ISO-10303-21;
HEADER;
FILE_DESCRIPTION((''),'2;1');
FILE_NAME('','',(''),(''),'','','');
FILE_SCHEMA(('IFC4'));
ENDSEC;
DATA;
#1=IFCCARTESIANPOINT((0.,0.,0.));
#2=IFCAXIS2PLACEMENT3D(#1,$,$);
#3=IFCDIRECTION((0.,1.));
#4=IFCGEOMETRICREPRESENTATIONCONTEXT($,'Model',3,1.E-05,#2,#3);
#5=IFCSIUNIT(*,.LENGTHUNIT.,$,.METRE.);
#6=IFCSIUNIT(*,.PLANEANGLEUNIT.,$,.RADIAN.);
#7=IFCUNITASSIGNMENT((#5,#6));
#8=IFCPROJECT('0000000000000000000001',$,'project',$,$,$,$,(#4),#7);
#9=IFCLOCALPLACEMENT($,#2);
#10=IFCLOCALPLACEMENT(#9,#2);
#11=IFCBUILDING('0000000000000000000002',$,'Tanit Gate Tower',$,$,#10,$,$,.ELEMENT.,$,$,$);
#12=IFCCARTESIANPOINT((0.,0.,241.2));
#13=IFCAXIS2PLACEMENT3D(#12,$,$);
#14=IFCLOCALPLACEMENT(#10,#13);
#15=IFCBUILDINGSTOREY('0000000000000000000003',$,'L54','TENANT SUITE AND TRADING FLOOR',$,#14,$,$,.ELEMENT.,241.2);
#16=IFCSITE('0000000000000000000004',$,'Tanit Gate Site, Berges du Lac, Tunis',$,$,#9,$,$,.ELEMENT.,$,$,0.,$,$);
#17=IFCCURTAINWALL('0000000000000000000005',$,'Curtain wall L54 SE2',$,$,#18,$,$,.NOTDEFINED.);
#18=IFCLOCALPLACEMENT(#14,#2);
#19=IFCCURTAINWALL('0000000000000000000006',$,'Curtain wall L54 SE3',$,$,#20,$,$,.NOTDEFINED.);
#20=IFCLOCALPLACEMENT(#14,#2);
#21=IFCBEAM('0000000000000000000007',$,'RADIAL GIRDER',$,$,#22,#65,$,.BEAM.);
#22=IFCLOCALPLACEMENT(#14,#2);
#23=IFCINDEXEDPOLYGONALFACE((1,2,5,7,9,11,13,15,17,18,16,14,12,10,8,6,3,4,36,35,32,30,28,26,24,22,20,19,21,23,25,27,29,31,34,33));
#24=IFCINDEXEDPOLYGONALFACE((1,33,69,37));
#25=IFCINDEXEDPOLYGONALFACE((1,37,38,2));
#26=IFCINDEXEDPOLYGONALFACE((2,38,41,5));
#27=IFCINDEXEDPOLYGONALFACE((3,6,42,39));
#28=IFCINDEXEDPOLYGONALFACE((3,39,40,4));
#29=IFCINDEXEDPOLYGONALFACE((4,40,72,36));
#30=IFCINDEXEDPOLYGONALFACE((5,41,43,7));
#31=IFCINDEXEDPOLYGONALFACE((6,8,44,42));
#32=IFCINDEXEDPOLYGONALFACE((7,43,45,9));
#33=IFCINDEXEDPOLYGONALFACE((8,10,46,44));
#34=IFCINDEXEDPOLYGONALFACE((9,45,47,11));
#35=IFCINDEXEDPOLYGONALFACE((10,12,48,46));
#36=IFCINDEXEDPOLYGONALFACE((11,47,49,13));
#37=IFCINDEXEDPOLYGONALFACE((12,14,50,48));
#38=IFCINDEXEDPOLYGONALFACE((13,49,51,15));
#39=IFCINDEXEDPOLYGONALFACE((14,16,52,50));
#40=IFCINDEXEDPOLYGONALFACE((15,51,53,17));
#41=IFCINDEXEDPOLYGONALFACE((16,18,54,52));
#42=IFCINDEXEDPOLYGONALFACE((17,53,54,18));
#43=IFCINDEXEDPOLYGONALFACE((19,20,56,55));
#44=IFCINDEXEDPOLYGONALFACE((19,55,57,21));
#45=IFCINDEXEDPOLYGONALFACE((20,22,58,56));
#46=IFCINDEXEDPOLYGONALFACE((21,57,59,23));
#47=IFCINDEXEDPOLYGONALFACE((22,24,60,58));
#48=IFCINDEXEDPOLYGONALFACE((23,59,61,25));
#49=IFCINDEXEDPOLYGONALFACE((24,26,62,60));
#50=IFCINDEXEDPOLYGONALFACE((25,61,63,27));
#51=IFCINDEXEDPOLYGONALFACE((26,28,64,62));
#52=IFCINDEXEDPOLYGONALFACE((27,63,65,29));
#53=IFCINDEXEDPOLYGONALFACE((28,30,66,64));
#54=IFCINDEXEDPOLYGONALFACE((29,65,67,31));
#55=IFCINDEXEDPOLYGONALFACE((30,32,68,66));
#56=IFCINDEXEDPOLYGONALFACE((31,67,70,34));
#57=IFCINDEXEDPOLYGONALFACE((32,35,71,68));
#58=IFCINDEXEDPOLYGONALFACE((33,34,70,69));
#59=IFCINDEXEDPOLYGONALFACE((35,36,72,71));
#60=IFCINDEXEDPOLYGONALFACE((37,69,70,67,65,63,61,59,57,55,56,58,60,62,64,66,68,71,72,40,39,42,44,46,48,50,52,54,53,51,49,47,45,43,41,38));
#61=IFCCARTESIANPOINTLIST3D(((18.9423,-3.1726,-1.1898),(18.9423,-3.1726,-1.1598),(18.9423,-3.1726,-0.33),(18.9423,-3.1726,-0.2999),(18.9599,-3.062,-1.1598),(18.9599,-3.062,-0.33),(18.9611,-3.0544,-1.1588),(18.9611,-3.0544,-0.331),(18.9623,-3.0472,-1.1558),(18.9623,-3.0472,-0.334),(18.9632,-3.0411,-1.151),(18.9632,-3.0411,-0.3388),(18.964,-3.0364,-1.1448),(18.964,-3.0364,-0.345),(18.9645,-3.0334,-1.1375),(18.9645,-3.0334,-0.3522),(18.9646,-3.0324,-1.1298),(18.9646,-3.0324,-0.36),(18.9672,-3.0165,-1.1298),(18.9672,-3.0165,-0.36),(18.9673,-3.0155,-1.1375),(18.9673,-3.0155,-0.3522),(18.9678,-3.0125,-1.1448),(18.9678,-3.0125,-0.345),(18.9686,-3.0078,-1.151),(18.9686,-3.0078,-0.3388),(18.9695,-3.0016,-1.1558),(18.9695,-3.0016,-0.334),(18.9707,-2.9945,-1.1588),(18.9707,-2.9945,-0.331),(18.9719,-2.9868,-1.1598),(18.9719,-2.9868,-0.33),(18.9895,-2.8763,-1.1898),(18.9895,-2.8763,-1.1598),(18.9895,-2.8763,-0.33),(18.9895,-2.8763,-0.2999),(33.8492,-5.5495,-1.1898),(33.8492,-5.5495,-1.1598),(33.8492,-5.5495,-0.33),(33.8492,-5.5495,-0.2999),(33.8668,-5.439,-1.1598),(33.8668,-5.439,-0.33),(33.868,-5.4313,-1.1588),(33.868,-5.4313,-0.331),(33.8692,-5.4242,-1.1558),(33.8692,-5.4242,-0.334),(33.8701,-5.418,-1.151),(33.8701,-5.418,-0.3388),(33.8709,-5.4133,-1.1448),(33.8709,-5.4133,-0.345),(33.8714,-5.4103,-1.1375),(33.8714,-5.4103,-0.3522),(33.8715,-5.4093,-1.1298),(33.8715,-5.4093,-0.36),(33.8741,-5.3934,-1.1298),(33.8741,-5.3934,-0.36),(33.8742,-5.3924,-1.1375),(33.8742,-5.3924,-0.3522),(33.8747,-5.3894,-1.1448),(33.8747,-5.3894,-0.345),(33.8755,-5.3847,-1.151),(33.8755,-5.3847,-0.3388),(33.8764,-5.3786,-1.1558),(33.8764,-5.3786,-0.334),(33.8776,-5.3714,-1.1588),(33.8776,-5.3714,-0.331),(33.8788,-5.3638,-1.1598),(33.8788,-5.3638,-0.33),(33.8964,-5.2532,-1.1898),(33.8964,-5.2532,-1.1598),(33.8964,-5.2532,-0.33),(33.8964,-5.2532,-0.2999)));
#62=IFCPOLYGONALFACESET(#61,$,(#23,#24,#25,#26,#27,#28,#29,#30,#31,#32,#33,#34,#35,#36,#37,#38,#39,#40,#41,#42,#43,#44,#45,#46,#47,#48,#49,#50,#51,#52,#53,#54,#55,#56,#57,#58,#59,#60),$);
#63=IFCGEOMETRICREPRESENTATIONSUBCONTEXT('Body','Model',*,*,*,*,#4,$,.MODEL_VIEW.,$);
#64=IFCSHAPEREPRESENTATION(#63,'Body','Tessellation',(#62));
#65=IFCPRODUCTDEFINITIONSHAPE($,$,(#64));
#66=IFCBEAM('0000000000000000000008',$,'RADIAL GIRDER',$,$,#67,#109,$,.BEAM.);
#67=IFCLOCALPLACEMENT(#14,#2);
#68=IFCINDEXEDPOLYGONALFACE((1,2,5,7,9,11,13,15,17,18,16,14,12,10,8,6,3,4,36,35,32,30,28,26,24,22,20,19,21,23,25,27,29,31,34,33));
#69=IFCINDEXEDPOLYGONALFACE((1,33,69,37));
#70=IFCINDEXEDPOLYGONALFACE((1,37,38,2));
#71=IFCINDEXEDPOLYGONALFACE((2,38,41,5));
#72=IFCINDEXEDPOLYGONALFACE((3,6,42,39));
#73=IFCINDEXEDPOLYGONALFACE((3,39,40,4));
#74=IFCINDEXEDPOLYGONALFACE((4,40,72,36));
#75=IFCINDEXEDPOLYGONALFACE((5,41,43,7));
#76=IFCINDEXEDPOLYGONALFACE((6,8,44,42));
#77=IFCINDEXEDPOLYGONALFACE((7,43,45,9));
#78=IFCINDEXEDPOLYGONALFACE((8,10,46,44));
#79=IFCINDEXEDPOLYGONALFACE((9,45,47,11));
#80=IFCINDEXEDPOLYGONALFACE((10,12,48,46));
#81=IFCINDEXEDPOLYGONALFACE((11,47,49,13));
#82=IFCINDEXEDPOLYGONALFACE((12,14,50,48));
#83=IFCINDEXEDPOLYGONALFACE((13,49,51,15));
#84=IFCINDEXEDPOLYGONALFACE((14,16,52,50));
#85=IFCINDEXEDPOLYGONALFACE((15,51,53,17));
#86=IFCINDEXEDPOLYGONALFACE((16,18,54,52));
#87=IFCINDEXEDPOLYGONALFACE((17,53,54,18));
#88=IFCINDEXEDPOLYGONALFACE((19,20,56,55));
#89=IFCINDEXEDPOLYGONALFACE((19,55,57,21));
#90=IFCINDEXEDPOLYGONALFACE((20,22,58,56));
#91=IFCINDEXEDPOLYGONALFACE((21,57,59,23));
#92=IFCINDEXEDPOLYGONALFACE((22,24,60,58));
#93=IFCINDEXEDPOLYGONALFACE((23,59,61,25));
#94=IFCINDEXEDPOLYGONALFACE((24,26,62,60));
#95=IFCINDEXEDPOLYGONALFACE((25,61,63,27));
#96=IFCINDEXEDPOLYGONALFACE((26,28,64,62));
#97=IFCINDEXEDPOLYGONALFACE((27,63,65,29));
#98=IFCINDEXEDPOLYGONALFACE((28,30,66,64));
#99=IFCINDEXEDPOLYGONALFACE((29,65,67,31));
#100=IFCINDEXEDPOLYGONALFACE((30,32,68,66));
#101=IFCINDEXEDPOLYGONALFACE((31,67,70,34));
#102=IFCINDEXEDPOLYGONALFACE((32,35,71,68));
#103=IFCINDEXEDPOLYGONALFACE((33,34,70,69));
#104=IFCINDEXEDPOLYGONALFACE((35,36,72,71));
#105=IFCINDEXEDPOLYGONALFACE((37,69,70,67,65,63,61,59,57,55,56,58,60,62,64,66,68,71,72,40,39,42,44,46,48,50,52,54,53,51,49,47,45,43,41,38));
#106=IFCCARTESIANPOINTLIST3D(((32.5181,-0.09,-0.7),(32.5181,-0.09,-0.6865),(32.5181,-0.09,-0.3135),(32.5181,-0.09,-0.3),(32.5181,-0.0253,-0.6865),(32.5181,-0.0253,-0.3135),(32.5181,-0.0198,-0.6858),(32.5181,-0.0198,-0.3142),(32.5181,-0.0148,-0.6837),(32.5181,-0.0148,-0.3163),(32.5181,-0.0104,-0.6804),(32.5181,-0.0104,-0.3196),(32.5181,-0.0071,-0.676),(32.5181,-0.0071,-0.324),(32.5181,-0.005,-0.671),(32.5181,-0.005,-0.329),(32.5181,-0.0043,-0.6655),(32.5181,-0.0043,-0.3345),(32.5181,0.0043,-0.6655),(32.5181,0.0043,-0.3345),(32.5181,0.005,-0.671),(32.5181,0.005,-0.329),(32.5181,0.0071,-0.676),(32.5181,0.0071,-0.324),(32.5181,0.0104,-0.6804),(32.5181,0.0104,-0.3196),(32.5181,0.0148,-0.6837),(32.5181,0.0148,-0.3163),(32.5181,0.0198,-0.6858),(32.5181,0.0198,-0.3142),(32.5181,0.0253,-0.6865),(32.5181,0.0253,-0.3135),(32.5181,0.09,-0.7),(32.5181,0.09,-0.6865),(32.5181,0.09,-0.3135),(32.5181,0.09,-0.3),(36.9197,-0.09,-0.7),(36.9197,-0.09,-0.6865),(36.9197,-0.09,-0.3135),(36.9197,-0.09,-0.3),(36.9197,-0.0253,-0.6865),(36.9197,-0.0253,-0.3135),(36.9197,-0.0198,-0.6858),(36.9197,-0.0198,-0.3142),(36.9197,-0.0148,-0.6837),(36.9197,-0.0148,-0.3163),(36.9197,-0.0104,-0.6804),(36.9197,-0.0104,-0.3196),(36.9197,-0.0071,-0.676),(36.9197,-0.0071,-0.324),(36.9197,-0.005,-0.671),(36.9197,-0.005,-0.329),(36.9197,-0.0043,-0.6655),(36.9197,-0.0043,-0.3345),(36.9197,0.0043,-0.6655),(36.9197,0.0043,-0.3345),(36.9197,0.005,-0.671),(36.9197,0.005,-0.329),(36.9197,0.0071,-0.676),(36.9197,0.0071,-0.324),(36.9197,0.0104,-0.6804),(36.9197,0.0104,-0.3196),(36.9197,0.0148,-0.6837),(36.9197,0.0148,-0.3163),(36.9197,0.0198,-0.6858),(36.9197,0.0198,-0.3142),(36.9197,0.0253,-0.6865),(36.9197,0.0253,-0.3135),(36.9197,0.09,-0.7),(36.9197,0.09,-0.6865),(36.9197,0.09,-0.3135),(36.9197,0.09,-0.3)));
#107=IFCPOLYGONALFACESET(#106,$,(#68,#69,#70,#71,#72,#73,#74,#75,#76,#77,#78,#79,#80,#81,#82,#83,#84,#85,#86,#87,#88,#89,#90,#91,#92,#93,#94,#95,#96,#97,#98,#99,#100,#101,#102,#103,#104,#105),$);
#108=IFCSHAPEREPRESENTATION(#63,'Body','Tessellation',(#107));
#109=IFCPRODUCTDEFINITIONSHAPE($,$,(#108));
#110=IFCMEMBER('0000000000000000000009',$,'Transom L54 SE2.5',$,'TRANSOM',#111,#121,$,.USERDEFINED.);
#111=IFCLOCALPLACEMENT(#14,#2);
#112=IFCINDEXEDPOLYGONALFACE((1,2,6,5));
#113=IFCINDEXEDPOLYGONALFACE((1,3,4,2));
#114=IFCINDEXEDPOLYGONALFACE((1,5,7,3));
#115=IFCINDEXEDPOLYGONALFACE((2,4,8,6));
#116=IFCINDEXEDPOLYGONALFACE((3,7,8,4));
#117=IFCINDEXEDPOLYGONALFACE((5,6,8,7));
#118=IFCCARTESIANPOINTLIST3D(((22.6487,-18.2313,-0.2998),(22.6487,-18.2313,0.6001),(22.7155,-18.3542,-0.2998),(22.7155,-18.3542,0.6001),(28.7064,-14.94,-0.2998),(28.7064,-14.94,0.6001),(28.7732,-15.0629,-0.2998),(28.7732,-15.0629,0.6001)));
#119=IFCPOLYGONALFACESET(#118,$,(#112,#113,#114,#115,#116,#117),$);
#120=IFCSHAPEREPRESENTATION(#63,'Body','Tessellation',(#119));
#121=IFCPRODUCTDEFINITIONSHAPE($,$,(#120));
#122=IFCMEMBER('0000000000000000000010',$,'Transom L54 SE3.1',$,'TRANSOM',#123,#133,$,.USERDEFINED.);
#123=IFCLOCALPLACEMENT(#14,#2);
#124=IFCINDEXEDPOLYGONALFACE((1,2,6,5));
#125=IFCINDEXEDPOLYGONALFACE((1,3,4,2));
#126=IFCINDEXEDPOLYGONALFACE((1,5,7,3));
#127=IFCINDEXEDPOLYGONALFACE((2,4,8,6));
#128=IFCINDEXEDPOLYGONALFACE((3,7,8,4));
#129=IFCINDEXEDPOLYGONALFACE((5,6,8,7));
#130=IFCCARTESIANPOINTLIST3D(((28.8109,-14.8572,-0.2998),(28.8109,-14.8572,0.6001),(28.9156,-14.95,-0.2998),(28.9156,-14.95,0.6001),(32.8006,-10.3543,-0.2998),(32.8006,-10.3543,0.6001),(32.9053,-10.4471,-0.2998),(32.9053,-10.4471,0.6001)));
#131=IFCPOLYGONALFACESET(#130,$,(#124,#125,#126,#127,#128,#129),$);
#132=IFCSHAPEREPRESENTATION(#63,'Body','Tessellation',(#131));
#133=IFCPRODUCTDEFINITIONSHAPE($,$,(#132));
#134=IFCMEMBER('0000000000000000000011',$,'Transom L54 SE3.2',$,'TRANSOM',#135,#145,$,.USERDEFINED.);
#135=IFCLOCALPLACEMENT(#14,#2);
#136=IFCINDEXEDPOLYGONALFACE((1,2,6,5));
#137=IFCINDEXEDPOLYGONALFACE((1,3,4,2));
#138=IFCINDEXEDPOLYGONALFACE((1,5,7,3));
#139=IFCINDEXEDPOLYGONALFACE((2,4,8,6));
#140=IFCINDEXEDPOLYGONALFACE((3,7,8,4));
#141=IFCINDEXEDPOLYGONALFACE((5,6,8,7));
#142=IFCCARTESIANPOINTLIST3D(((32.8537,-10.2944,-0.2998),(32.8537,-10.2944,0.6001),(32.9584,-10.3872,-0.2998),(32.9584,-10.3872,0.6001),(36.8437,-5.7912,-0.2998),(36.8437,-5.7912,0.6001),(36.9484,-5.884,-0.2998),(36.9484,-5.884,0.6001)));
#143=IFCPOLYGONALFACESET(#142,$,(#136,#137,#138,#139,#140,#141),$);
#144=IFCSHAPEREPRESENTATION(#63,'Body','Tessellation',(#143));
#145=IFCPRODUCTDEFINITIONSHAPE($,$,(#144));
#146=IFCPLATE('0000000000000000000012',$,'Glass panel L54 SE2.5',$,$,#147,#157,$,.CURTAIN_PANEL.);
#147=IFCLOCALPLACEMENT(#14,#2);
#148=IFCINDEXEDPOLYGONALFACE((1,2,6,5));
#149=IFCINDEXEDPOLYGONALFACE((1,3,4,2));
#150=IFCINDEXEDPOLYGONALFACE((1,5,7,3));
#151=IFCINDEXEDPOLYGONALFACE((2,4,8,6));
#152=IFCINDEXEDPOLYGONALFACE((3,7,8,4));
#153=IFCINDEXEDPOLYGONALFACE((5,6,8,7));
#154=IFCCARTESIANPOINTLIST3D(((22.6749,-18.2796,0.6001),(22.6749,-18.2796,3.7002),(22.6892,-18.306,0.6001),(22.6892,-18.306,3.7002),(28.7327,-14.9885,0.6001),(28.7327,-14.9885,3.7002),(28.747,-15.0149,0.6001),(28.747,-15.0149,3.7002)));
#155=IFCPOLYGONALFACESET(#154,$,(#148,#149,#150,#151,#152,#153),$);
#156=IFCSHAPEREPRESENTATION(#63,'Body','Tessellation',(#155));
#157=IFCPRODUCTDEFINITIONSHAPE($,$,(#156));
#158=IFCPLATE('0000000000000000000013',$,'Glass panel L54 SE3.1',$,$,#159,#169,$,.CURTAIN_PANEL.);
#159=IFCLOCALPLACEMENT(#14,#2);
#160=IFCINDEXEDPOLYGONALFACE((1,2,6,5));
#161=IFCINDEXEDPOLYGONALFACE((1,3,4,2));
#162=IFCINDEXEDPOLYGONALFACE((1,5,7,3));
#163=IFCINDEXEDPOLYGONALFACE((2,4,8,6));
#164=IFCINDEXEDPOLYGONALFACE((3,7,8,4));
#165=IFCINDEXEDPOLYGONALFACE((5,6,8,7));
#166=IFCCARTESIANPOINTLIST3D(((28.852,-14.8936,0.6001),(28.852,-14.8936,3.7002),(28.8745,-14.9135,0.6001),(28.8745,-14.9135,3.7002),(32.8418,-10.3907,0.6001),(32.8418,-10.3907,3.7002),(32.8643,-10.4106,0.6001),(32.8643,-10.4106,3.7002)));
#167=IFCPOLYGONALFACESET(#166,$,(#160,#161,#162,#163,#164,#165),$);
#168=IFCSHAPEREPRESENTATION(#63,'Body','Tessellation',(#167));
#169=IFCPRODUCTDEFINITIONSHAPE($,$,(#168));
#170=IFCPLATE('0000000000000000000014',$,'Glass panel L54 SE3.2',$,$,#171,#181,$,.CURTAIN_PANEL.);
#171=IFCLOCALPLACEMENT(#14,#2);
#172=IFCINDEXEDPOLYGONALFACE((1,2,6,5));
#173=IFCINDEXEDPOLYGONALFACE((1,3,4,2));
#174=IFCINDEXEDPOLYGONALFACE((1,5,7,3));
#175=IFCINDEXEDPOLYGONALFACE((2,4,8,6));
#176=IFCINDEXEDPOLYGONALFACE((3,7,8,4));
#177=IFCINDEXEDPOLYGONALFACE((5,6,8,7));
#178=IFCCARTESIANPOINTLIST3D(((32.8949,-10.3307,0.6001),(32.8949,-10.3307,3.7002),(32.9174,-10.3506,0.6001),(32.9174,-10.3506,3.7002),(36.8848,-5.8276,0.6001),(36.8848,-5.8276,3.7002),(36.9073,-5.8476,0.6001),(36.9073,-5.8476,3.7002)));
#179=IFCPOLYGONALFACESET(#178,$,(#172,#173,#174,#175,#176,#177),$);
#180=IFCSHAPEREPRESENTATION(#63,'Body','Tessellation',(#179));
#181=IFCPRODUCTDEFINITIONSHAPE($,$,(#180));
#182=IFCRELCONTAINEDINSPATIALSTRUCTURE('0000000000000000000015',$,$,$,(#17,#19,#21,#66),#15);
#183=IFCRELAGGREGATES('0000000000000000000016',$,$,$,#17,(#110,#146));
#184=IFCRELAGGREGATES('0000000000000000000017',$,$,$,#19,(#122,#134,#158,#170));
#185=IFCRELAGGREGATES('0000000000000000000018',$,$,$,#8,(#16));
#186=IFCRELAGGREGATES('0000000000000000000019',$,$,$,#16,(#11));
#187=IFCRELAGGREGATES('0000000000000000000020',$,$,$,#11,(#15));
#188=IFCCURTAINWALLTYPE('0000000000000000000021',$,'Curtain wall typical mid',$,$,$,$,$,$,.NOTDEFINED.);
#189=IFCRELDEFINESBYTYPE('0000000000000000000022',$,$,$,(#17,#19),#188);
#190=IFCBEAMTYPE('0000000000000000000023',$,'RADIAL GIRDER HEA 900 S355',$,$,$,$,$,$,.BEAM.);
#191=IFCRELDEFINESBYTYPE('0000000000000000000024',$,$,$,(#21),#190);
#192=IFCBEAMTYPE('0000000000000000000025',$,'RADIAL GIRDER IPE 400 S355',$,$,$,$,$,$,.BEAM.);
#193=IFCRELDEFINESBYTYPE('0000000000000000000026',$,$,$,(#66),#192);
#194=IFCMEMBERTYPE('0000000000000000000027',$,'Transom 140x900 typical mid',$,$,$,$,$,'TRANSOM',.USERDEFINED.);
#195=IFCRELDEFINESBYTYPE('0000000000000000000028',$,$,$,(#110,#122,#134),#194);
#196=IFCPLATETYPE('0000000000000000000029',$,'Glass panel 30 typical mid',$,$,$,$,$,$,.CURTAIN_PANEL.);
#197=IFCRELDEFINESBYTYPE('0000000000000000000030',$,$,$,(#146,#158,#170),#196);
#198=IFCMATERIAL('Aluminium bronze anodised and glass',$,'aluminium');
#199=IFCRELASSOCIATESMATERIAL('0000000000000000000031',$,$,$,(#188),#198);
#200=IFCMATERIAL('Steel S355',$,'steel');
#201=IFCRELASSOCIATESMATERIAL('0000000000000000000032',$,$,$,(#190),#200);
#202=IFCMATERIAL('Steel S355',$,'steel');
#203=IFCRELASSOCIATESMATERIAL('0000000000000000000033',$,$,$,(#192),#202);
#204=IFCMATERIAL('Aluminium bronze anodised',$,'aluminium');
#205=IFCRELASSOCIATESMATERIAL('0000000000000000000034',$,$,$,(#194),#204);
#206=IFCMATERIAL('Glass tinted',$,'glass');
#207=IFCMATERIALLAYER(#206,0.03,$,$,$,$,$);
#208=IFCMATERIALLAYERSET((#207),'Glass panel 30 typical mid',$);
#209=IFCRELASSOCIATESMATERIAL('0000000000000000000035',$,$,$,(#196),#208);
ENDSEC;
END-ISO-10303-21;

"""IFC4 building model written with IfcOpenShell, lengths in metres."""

from ifc_helpers import new_model, si_unit, direction, frame, origin, origin_2d, place, context, subcontext, project, spatial, rectangle, i_section, extrude, material, layer, layer_set, material_profile, profile_set, type_object, element, aggregate, save


model = new_model("IFC4")

# Units and contexts
model_context = context("Model", 3, precision=1e-05, world=origin(), true_north=direction((0.0, 1.0)))
body_context = subcontext(model_context, "Body", "Model", "MODEL_VIEW")
ifc_project = project(units=[si_unit("LENGTHUNIT", "METRE"), si_unit("PLANEANGLEUNIT", "RADIAN")], contexts=[model_context])

# Site, building, storey
site_placement = place(None, origin())
site = spatial("IfcSite", under=ifc_project, at=site_placement, Name="Tanit Gate Site, Berges du Lac, Tunis", CompositionType="ELEMENT", RefElevation=0.0)
building_placement = place(site_placement, origin())
building = spatial("IfcBuilding", under=site, at=building_placement, Name="Tanit Gate Tower", CompositionType="ELEMENT")
storey_placement = place(building_placement, frame((0.0, 0.0, 241.2)))
storey = spatial("IfcBuildingStorey", under=building, at=storey_placement, Name="L54", Description="TENANT SUITE AND TRADING FLOOR", CompositionType="ELEMENT", Elevation=241.2)

# Curtain wall
ifc_material_1 = material(Name="Aluminium bronze anodised and glass", Category="aluminium")
curtain_wall_type = type_object("IfcCurtainWallType", Name="Curtain wall typical mid", PredefinedType="NOTDEFINED", material=ifc_material_1)
curtain_wall_1_placement = place(storey_placement, origin())
curtain_wall_1 = element("IfcCurtainWall", 1, at=curtain_wall_1_placement, inside=storey, type_object=curtain_wall_type, Name="Curtain wall L54 SE2", PredefinedType="NOTDEFINED")

# Curtain wall
curtain_wall_2_placement = place(storey_placement, origin())
curtain_wall_2 = element("IfcCurtainWall", 2, at=curtain_wall_2_placement, inside=storey, type_object=curtain_wall_type, Name="Curtain wall L54 SE3", PredefinedType="NOTDEFINED")

# Beams
ifc_material_2 = material(Name="Steel S355", Category="steel")
ifc_material_profile_1 = material_profile(ifc_material_2, i_section(OverallWidth=0.3, OverallDepth=0.8899, WebThickness=0.0161, FlangeThickness=0.03, FilletRadius=0.03, at=origin_2d()), Name="HEA 900")
ifc_profile_set_1 = profile_set([ifc_material_profile_1], Name="Steel S355")
beam_type_1 = type_object("IfcBeamType", Name="RADIAL GIRDER HEA 900 S355", PredefinedType="BEAM", material=ifc_profile_set_1)
beam_1_placement = place(storey_placement, frame((33.8728, -5.4014, -0.7449), z_axis=(-0.987525, 0.157463, 0.0), x_axis=(-0.157463, -0.987525, 0.0)))
element("IfcBeam", 3, at=beam_1_placement, inside=storey, type_object=beam_type_1, Name="RADIAL GIRDER", PredefinedType="BEAM", context=body_context, shape_type="SweptSolid", body=[
    extrude(i_section(OverallWidth=0.3, OverallDepth=0.8899, WebThickness=0.0161, FlangeThickness=0.03, FilletRadius=0.03, at=origin_2d()), origin(), (0.0, 0.0, 1.0), 15.0952),
])
ifc_material_3 = material(Name="Steel S355", Category="steel")
ifc_material_profile_2 = material_profile(ifc_material_3, i_section(OverallWidth=0.1799, OverallDepth=0.3999, WebThickness=0.0085, FlangeThickness=0.0134, FilletRadius=0.021, at=origin_2d()), Name="IPE 400")
ifc_profile_set_2 = profile_set([ifc_material_profile_2], Name="Steel S355")
beam_type_2 = type_object("IfcBeamType", Name="RADIAL GIRDER IPE 400 S355", PredefinedType="BEAM", material=ifc_profile_set_2)
beam_2_placement = place(storey_placement, frame((36.9197, 0.0, -0.5), z_axis=(-1.0, 0.0, 0.0), x_axis=(0.0, -1.0, 0.0)))
element("IfcBeam", 4, at=beam_2_placement, inside=storey, type_object=beam_type_2, Name="RADIAL GIRDER", PredefinedType="BEAM", context=body_context, shape_type="SweptSolid", body=[
    extrude(i_section(OverallWidth=0.1799, OverallDepth=0.3999, WebThickness=0.0085, FlangeThickness=0.0134, FilletRadius=0.021, at=origin_2d()), origin(), (0.0, 0.0, 1.0), 4.4016),
])

# Members
ifc_material_4 = material(Name="Aluminium bronze anodised", Category="aluminium")
ifc_material_profile_3 = material_profile(ifc_material_4, rectangle(XDim=0.1399, YDim=0.8999, at=origin_2d()), Name="140x900 bronze transom")
ifc_profile_set_3 = profile_set([ifc_material_profile_3], Name="Aluminium bronze anodised")
member_type_1 = type_object("IfcMemberType", Name="Transom 140x900 typical mid", ElementType="TRANSOM", PredefinedType="USERDEFINED", material=ifc_profile_set_3)
member_1_placement = place(storey_placement, frame((22.6821, -18.2927, 0.1501), z_axis=(0.878681, 0.47741, 0.0), x_axis=(-0.47741, 0.878681, 0.0)))
member_1 = element("IfcMember", 5, at=member_1_placement, type_object=member_type_1, Name="Transom L54 SE2.5", ObjectType="TRANSOM", PredefinedType="USERDEFINED", context=body_context, shape_type="SweptSolid", body=[
    extrude(rectangle(XDim=0.1399, YDim=0.8999, at=origin_2d()), origin(), (0.0, 0.0, 1.0), 6.894),
])
member_2_placement = place(storey_placement, frame((28.8633, -14.9036, 0.1501), z_axis=(0.663169, 0.74847, 0.0), x_axis=(-0.74847, 0.663169, 0.0)))
member_2 = element("IfcMember", 6, at=member_2_placement, type_object=member_type_1, Name="Transom L54 SE3.1", ObjectType="TRANSOM", PredefinedType="USERDEFINED", context=body_context, shape_type="SweptSolid", body=[
    extrude(rectangle(XDim=0.1399, YDim=0.8999, at=origin_2d()), origin(), (0.0, 0.0, 1.0), 6.0161),
])
member_3_placement = place(storey_placement, frame((32.906, -10.3408, 0.1501), z_axis=(0.663172, 0.748467, 0.0), x_axis=(-0.748467, 0.663172, 0.0)))
member_3 = element("IfcMember", 7, at=member_3_placement, type_object=member_type_1, Name="Transom L54 SE3.2", ObjectType="TRANSOM", PredefinedType="USERDEFINED", context=body_context, shape_type="SweptSolid", body=[
    extrude(rectangle(XDim=0.1399, YDim=0.8999, at=origin_2d()), origin(), (0.0, 0.0, 1.0), 6.0166),
])

# Plates
ifc_material_5 = material(Name="Glass tinted", Category="glass")
ifc_layer_1 = layer(ifc_material_5, 0.03)
ifc_layer_set_1 = layer_set([ifc_layer_1], Name="Glass panel 30 typical mid")
plate_type = type_object("IfcPlateType", Name="Glass panel 30 typical mid", PredefinedType="CURTAIN_PANEL", material=ifc_layer_set_1)
plate_1_placement = place(storey_placement, frame((25.7109, -16.6472, 0.6001), z_axis=(0.0, 0.0, 1.0), x_axis=(0.878696, 0.477381, 0.0)))
plate_1 = element("IfcPlate", 8, at=plate_1_placement, type_object=plate_type, Name="Glass panel L54 SE2.5", PredefinedType="CURTAIN_PANEL", context=body_context, shape_type="SweptSolid", body=[
    extrude(rectangle(XDim=6.894, YDim=0.03, at=origin_2d()), origin(), (0.0, 0.0, 1.0), 3.1001),
])
aggregate(curtain_wall_1, [member_1, plate_1])
plate_2_placement = place(storey_placement, frame((30.8582, -12.6521, 0.6001), z_axis=(0.0, 0.0, 1.0), x_axis=(0.663178, 0.748462, 0.0)))
plate_2 = element("IfcPlate", 9, at=plate_2_placement, type_object=plate_type, Name="Glass panel L54 SE3.1", PredefinedType="CURTAIN_PANEL", context=body_context, shape_type="SweptSolid", body=[
    extrude(rectangle(XDim=6.0161, YDim=0.03, at=origin_2d()), origin(), (0.0, 0.0, 1.0), 3.1001),
])
plate_3_placement = place(storey_placement, frame((34.9011, -8.0891, 0.6001), z_axis=(0.0, 0.0, 1.0), x_axis=(0.663178, 0.748462, 0.0)))
plate_3 = element("IfcPlate", 10, at=plate_3_placement, type_object=plate_type, Name="Glass panel L54 SE3.2", PredefinedType="CURTAIN_PANEL", context=body_context, shape_type="SweptSolid", body=[
    extrude(rectangle(XDim=6.0164, YDim=0.03, at=origin_2d()), origin(), (0.0, 0.0, 1.0), 3.1001),
])
aggregate(curtain_wall_2, [member_2, member_3, plate_2, plate_3])

save(model, "model.ifc")
